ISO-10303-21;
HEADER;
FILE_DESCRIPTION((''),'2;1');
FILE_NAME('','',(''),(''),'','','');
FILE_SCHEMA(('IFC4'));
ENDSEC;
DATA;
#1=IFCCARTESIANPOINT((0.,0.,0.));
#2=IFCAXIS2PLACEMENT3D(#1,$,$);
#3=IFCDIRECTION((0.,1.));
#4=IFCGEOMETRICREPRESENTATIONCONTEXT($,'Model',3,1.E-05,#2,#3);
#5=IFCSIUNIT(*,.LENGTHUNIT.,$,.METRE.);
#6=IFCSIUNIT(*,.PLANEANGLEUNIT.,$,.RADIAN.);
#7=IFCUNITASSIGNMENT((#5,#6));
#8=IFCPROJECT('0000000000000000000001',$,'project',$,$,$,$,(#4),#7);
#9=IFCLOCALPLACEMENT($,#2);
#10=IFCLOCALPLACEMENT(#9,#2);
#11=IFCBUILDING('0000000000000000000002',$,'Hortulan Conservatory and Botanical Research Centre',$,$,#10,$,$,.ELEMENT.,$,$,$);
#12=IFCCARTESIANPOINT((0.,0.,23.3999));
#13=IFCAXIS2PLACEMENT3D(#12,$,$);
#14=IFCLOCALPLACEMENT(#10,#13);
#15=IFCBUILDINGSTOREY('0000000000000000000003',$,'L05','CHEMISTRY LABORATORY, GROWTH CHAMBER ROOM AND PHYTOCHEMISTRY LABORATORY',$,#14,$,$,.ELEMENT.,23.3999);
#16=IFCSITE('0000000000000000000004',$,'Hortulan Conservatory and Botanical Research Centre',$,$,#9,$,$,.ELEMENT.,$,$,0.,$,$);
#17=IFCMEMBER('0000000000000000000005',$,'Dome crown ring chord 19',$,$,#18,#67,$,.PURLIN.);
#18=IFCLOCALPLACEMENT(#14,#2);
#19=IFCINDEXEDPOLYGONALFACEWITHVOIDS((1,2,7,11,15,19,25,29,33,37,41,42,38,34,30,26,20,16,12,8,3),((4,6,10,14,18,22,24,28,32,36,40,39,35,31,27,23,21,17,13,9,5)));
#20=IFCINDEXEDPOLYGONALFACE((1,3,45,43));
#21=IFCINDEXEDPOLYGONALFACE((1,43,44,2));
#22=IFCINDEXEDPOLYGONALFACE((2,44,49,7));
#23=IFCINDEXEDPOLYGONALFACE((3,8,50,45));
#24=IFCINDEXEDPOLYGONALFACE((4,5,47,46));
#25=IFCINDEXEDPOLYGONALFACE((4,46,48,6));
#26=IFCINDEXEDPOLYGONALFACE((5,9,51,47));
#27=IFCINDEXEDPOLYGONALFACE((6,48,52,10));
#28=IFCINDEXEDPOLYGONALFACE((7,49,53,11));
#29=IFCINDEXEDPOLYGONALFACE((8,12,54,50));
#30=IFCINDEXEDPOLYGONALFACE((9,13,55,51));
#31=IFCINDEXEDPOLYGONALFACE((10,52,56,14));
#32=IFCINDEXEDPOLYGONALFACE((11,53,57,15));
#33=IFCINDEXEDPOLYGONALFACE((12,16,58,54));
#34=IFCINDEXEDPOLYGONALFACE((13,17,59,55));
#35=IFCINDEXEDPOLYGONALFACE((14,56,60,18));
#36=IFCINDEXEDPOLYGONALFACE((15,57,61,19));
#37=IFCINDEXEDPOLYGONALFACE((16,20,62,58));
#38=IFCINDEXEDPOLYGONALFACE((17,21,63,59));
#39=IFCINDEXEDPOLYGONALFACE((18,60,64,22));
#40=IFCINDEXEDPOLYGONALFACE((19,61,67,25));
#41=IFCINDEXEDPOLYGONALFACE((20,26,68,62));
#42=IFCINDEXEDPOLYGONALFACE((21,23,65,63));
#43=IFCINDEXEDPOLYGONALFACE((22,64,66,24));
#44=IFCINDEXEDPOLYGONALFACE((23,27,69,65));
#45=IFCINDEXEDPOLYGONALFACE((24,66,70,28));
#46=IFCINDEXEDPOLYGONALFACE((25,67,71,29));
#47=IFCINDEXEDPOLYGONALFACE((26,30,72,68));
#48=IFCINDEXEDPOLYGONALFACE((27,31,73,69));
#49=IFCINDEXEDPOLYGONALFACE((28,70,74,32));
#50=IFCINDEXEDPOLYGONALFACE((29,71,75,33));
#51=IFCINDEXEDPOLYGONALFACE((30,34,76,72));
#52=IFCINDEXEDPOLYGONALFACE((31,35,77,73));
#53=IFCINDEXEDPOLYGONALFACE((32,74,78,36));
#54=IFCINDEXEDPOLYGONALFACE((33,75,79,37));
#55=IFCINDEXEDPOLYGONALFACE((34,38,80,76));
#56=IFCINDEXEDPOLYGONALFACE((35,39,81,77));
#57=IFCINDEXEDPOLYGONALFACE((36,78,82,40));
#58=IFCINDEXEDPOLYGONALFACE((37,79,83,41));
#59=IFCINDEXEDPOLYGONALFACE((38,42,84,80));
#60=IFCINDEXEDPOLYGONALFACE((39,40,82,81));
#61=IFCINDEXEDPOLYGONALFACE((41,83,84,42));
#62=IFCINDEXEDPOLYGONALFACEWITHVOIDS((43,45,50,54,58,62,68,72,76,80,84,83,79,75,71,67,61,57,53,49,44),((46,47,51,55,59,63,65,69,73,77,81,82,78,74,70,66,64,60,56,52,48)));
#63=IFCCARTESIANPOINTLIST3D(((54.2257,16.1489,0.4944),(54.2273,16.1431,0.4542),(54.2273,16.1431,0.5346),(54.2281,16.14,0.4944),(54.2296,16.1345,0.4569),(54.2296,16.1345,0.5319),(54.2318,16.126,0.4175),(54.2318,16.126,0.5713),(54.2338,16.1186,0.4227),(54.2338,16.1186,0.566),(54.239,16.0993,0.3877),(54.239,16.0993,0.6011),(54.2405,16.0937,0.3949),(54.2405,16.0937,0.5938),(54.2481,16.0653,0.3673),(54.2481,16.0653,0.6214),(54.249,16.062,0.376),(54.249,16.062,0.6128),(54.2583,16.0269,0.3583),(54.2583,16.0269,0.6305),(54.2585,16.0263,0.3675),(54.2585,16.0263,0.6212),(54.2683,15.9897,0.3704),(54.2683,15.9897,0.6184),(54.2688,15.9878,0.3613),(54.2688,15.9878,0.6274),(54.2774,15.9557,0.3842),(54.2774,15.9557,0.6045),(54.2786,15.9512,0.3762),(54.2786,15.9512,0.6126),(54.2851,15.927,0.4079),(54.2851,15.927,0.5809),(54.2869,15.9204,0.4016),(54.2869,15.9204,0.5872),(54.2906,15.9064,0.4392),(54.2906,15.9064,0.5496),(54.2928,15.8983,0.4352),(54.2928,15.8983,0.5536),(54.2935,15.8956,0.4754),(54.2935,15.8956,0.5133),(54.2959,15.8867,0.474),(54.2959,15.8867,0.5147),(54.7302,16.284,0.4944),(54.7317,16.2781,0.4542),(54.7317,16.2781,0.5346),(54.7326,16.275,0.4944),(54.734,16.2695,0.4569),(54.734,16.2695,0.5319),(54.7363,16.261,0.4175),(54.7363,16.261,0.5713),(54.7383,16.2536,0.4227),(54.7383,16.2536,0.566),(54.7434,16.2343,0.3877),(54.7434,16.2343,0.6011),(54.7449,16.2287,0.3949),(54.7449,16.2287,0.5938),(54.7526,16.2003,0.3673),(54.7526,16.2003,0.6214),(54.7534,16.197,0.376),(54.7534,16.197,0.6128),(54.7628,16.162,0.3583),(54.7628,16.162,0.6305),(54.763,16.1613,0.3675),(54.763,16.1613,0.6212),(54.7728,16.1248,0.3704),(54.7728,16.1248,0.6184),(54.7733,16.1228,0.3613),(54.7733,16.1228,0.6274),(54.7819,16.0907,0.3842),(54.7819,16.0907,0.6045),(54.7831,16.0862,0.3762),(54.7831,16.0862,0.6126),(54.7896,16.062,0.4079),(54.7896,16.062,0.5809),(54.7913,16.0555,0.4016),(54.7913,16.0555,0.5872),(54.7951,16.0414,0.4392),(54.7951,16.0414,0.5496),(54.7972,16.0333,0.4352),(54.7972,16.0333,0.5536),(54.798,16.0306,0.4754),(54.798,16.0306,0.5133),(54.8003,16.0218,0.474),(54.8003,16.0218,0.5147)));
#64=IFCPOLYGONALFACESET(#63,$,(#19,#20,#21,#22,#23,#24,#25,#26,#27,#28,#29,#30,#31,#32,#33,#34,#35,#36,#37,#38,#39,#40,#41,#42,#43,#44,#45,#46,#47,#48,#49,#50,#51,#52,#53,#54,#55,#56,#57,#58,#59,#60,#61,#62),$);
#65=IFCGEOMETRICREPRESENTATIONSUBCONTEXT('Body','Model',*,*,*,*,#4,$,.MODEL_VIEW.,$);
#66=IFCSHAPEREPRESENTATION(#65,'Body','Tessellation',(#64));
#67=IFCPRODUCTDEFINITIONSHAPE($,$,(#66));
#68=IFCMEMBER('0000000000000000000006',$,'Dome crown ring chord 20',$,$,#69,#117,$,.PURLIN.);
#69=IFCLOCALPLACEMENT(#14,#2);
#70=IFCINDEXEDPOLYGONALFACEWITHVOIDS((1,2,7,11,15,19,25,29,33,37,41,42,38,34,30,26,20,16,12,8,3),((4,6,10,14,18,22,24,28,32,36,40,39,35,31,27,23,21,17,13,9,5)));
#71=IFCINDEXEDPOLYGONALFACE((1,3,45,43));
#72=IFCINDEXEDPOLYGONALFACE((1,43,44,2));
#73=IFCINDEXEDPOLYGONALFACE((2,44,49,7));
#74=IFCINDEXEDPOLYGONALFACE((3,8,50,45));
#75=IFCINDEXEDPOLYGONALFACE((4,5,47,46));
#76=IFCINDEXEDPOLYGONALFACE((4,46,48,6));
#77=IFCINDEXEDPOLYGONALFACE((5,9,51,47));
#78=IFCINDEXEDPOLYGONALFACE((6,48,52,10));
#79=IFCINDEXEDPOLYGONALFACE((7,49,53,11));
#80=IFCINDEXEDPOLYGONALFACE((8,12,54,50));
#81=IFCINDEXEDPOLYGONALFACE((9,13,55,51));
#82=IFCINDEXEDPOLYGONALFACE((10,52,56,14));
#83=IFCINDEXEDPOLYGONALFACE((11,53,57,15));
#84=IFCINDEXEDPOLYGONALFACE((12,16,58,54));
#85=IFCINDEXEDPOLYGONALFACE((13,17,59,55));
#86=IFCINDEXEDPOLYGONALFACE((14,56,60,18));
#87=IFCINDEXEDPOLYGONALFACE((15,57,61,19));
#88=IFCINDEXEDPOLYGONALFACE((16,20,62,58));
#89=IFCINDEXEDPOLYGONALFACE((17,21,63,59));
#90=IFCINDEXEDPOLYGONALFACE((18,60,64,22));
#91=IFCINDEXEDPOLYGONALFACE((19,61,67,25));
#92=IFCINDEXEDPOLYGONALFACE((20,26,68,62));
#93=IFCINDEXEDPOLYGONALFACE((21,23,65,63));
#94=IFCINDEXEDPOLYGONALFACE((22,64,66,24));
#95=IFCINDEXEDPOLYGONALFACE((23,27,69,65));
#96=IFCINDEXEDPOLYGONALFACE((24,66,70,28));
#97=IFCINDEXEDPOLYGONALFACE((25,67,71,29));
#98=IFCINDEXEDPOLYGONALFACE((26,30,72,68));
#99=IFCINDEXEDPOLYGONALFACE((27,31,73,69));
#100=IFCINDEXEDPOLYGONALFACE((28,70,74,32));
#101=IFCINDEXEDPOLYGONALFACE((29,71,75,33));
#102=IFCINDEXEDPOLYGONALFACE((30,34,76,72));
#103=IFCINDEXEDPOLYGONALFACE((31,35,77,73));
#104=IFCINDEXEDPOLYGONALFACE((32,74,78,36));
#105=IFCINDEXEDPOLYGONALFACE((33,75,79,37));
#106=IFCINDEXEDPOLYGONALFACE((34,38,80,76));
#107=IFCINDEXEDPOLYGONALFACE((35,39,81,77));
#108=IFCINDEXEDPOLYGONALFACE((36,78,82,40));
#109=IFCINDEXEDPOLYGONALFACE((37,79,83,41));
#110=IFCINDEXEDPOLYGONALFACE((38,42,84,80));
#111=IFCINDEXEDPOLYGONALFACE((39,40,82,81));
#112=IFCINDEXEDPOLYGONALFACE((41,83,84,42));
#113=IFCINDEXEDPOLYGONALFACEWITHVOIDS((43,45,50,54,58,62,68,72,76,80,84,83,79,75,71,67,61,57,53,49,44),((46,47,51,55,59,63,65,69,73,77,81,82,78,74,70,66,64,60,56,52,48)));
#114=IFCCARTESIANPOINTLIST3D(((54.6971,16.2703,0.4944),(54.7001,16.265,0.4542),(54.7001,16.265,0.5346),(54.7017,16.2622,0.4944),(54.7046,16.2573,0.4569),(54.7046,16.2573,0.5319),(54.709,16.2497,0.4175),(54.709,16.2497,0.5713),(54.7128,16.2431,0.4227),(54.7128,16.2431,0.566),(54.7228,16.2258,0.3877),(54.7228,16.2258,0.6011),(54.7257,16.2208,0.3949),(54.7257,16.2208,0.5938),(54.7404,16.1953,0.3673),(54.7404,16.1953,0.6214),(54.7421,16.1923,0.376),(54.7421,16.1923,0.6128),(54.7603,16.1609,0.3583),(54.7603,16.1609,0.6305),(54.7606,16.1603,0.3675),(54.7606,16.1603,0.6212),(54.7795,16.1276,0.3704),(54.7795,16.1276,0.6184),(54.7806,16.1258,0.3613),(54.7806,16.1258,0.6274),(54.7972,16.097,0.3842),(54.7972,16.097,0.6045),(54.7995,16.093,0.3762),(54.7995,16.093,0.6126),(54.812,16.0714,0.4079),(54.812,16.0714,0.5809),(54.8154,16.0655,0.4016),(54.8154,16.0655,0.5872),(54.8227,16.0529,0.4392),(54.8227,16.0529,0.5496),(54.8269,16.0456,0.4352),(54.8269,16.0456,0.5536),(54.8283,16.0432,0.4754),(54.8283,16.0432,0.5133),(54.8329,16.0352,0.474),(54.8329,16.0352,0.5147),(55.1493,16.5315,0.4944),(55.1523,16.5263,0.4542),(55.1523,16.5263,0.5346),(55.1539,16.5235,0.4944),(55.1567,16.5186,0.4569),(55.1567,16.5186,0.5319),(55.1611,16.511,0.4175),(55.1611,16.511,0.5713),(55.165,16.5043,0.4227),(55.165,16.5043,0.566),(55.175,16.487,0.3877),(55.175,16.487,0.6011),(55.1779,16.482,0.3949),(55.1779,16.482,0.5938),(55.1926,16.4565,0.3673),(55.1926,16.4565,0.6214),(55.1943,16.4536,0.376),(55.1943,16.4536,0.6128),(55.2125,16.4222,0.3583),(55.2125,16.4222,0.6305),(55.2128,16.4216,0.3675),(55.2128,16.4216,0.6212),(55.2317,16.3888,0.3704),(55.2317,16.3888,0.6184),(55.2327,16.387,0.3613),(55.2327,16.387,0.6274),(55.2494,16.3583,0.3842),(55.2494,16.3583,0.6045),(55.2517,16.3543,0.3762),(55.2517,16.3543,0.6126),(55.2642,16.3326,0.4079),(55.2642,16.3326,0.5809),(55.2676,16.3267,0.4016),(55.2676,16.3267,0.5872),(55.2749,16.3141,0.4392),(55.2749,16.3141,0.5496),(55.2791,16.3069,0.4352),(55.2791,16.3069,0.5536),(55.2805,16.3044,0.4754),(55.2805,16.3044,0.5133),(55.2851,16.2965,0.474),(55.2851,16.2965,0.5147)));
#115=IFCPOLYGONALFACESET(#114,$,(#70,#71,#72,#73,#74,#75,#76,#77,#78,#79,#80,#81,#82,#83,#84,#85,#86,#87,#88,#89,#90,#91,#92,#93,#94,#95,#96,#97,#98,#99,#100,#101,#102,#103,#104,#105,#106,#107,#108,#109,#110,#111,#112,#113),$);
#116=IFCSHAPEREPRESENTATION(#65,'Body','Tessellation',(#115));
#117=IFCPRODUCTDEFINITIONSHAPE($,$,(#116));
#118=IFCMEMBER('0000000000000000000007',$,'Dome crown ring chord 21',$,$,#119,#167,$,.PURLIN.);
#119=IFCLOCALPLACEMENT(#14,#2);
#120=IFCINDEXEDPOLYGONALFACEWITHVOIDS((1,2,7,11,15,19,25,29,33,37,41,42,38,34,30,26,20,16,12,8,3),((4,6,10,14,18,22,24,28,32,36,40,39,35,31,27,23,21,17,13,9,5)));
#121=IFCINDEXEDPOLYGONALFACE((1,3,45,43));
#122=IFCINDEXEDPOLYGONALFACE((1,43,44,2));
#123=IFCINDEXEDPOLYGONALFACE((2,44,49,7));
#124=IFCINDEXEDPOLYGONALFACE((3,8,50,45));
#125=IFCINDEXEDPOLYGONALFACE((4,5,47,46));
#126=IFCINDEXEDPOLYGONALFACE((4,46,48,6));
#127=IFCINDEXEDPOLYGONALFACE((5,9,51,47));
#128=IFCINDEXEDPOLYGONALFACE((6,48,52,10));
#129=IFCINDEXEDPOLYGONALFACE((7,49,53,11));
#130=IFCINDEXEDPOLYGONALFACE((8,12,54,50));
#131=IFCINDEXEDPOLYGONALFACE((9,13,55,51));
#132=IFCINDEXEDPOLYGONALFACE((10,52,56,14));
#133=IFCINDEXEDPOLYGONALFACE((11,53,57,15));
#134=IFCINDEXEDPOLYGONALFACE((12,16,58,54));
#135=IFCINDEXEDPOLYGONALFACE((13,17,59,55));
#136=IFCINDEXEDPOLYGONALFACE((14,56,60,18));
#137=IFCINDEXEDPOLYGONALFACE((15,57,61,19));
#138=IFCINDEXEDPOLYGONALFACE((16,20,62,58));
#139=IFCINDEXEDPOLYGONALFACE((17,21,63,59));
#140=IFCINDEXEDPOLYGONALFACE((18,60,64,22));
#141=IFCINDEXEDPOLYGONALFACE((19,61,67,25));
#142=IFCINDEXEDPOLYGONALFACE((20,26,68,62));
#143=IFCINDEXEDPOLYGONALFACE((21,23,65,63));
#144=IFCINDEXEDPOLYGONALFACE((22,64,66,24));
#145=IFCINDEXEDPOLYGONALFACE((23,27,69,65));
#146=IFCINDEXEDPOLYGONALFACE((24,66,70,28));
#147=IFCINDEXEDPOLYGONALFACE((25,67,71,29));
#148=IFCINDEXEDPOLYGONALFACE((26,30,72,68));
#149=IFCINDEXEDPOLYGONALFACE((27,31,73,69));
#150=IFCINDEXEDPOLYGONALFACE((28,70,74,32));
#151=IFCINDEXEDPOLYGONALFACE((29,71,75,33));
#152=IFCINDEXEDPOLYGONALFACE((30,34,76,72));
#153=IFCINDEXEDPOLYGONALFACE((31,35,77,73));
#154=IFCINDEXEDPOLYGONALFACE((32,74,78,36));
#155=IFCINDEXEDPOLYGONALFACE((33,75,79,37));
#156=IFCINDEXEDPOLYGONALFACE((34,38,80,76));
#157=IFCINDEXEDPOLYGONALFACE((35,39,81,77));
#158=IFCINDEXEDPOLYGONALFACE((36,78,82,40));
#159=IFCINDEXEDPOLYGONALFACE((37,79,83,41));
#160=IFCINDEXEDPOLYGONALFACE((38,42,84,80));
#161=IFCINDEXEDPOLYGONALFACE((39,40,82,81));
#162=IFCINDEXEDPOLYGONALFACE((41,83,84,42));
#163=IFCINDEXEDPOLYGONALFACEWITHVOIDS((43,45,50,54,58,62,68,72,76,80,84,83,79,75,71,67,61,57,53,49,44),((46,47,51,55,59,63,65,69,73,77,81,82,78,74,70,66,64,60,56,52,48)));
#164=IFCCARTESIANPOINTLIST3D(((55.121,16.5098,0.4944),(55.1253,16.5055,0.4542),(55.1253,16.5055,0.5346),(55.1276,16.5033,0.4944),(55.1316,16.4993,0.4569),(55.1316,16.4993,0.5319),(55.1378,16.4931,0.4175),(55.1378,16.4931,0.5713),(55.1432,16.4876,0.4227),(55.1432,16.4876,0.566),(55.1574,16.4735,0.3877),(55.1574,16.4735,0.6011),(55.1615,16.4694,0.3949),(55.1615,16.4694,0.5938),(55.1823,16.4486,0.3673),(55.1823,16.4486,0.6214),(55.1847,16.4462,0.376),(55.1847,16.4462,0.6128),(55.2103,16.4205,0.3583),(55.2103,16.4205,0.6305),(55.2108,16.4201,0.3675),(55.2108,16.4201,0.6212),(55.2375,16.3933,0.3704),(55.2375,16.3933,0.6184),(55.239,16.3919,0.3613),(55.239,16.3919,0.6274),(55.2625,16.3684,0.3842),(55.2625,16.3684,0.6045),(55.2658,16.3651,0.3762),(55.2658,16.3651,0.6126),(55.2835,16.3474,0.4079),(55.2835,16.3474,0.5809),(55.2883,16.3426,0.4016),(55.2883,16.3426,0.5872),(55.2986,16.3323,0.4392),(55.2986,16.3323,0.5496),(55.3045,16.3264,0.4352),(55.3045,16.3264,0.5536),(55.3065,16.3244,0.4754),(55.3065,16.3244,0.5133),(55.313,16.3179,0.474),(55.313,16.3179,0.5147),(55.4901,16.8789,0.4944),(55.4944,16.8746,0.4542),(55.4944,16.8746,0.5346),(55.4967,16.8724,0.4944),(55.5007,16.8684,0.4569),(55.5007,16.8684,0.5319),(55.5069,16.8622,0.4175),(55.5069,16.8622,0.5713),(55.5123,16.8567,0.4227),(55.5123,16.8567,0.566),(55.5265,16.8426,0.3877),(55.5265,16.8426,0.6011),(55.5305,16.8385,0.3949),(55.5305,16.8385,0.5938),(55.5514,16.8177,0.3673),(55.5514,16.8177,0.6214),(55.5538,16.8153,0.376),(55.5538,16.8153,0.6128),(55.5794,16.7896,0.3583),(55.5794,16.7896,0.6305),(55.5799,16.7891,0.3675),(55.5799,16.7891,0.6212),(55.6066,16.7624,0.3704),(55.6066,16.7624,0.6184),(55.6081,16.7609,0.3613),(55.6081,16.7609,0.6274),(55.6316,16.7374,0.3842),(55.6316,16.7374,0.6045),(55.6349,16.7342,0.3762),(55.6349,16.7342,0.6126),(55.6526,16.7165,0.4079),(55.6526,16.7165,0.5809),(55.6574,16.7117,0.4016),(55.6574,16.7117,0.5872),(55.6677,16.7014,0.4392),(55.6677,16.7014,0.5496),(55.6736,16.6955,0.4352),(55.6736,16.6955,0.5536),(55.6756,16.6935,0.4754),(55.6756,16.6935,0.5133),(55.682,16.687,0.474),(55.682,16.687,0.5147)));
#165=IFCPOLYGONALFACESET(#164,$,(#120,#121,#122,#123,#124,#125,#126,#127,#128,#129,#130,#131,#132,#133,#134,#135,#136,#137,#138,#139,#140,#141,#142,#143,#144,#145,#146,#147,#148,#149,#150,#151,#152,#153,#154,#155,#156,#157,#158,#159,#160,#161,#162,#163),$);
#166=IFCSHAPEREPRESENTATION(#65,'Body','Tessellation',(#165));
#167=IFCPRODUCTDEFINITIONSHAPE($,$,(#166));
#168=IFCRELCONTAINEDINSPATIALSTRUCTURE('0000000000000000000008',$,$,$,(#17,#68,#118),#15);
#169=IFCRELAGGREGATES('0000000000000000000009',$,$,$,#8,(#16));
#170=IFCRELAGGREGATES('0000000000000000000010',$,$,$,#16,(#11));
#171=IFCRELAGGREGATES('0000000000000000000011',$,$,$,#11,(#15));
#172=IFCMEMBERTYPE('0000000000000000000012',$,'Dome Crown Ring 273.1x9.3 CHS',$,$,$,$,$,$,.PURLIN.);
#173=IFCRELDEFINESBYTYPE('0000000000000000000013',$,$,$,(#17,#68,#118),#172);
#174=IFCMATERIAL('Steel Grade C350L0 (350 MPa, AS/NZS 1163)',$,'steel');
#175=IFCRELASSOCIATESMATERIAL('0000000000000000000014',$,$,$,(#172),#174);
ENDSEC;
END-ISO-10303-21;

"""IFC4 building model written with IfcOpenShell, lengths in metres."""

from ifc_helpers import new_model, si_unit, direction, frame, origin, origin_2d, place, context, subcontext, project, spatial, hollow_circle, extrude, material, material_profile, profile_set, type_object, element, save


model = new_model("IFC4")

# Units and contexts
model_context = context("Model", 3, precision=1e-05, world=origin(), true_north=direction((0.0, 1.0)))
body_context = subcontext(model_context, "Body", "Model", "MODEL_VIEW")
ifc_project = project(units=[si_unit("LENGTHUNIT", "METRE"), si_unit("PLANEANGLEUNIT", "RADIAN")], contexts=[model_context])

# Site, building, storey
site_placement = place(None, origin())
site = spatial("IfcSite", under=ifc_project, at=site_placement, Name="Hortulan Conservatory and Botanical Research Centre", CompositionType="ELEMENT", RefElevation=0.0)
building_placement = place(site_placement, origin())
building = spatial("IfcBuilding", under=site, at=building_placement, Name="Hortulan Conservatory and Botanical Research Centre", CompositionType="ELEMENT")
storey_placement = place(building_placement, frame((0.0, 0.0, 23.3999)))
storey = spatial("IfcBuildingStorey", under=building, at=storey_placement, Name="L05", Description="CHEMISTRY LABORATORY, GROWTH CHAMBER ROOM AND PHYTOCHEMISTRY LABORATORY", CompositionType="ELEMENT", Elevation=23.3999)

# Members
ifc_material_1 = material(Name="Steel Grade C350L0 (350 MPa, AS/NZS 1163)", Category="steel")
ifc_material_profile_1 = material_profile(ifc_material_1, hollow_circle(Radius=0.1365, WallThickness=0.0093, at=origin_2d()), Name="273.1x9.3CHS")
ifc_profile_set_1 = profile_set([ifc_material_profile_1], Name="Steel Grade C350L0 (350 MPa, AS/NZS 1163)")
member_type_1 = type_object("IfcMemberType", Name="Dome Crown Ring 273.1x9.3 CHS", PredefinedType="PURLIN", material=ifc_profile_set_1)
for number, where, z_axis, x_axis, name in (
    (1, (54.261, 16.0171, 0.4944), (0.965994, 0.258565, 0.0), (-0.258565, 0.965994, 0.0), "Dome crown ring chord 19"),
    (2, (54.7654, 16.1521, 0.4944), (0.865874, 0.500262, 0.0), (-0.500262, 0.865874, 0.0), "Dome crown ring chord 20"),
):
    element("IfcMember", number, at=place(storey_placement, frame(where, z_axis=z_axis, x_axis=x_axis)), inside=storey, type_object=member_type_1, Name=name, PredefinedType="PURLIN", context=body_context, shape_type="SweptSolid", body=[
        extrude(hollow_circle(Radius=0.1365, WallThickness=0.0093, at=origin_2d()), origin(), (0.0, 0.0, 1.0), 0.5222),
    ])
member_1_placement = place(storey_placement, frame((55.2175, 16.4133, 0.4944), z_axis=(0.707107, 0.707107, 0.0), x_axis=(-0.707107, 0.707107, 0.0)))
element("IfcMember", 3, at=member_1_placement, inside=storey, type_object=member_type_1, Name="Dome crown ring chord 21", PredefinedType="PURLIN", context=body_context, shape_type="SweptSolid", body=[
    extrude(hollow_circle(Radius=0.1365, WallThickness=0.0093, at=origin_2d()), origin(), (0.0, 0.0, 1.0), 0.522),
])

save(model, "model.ifc")
